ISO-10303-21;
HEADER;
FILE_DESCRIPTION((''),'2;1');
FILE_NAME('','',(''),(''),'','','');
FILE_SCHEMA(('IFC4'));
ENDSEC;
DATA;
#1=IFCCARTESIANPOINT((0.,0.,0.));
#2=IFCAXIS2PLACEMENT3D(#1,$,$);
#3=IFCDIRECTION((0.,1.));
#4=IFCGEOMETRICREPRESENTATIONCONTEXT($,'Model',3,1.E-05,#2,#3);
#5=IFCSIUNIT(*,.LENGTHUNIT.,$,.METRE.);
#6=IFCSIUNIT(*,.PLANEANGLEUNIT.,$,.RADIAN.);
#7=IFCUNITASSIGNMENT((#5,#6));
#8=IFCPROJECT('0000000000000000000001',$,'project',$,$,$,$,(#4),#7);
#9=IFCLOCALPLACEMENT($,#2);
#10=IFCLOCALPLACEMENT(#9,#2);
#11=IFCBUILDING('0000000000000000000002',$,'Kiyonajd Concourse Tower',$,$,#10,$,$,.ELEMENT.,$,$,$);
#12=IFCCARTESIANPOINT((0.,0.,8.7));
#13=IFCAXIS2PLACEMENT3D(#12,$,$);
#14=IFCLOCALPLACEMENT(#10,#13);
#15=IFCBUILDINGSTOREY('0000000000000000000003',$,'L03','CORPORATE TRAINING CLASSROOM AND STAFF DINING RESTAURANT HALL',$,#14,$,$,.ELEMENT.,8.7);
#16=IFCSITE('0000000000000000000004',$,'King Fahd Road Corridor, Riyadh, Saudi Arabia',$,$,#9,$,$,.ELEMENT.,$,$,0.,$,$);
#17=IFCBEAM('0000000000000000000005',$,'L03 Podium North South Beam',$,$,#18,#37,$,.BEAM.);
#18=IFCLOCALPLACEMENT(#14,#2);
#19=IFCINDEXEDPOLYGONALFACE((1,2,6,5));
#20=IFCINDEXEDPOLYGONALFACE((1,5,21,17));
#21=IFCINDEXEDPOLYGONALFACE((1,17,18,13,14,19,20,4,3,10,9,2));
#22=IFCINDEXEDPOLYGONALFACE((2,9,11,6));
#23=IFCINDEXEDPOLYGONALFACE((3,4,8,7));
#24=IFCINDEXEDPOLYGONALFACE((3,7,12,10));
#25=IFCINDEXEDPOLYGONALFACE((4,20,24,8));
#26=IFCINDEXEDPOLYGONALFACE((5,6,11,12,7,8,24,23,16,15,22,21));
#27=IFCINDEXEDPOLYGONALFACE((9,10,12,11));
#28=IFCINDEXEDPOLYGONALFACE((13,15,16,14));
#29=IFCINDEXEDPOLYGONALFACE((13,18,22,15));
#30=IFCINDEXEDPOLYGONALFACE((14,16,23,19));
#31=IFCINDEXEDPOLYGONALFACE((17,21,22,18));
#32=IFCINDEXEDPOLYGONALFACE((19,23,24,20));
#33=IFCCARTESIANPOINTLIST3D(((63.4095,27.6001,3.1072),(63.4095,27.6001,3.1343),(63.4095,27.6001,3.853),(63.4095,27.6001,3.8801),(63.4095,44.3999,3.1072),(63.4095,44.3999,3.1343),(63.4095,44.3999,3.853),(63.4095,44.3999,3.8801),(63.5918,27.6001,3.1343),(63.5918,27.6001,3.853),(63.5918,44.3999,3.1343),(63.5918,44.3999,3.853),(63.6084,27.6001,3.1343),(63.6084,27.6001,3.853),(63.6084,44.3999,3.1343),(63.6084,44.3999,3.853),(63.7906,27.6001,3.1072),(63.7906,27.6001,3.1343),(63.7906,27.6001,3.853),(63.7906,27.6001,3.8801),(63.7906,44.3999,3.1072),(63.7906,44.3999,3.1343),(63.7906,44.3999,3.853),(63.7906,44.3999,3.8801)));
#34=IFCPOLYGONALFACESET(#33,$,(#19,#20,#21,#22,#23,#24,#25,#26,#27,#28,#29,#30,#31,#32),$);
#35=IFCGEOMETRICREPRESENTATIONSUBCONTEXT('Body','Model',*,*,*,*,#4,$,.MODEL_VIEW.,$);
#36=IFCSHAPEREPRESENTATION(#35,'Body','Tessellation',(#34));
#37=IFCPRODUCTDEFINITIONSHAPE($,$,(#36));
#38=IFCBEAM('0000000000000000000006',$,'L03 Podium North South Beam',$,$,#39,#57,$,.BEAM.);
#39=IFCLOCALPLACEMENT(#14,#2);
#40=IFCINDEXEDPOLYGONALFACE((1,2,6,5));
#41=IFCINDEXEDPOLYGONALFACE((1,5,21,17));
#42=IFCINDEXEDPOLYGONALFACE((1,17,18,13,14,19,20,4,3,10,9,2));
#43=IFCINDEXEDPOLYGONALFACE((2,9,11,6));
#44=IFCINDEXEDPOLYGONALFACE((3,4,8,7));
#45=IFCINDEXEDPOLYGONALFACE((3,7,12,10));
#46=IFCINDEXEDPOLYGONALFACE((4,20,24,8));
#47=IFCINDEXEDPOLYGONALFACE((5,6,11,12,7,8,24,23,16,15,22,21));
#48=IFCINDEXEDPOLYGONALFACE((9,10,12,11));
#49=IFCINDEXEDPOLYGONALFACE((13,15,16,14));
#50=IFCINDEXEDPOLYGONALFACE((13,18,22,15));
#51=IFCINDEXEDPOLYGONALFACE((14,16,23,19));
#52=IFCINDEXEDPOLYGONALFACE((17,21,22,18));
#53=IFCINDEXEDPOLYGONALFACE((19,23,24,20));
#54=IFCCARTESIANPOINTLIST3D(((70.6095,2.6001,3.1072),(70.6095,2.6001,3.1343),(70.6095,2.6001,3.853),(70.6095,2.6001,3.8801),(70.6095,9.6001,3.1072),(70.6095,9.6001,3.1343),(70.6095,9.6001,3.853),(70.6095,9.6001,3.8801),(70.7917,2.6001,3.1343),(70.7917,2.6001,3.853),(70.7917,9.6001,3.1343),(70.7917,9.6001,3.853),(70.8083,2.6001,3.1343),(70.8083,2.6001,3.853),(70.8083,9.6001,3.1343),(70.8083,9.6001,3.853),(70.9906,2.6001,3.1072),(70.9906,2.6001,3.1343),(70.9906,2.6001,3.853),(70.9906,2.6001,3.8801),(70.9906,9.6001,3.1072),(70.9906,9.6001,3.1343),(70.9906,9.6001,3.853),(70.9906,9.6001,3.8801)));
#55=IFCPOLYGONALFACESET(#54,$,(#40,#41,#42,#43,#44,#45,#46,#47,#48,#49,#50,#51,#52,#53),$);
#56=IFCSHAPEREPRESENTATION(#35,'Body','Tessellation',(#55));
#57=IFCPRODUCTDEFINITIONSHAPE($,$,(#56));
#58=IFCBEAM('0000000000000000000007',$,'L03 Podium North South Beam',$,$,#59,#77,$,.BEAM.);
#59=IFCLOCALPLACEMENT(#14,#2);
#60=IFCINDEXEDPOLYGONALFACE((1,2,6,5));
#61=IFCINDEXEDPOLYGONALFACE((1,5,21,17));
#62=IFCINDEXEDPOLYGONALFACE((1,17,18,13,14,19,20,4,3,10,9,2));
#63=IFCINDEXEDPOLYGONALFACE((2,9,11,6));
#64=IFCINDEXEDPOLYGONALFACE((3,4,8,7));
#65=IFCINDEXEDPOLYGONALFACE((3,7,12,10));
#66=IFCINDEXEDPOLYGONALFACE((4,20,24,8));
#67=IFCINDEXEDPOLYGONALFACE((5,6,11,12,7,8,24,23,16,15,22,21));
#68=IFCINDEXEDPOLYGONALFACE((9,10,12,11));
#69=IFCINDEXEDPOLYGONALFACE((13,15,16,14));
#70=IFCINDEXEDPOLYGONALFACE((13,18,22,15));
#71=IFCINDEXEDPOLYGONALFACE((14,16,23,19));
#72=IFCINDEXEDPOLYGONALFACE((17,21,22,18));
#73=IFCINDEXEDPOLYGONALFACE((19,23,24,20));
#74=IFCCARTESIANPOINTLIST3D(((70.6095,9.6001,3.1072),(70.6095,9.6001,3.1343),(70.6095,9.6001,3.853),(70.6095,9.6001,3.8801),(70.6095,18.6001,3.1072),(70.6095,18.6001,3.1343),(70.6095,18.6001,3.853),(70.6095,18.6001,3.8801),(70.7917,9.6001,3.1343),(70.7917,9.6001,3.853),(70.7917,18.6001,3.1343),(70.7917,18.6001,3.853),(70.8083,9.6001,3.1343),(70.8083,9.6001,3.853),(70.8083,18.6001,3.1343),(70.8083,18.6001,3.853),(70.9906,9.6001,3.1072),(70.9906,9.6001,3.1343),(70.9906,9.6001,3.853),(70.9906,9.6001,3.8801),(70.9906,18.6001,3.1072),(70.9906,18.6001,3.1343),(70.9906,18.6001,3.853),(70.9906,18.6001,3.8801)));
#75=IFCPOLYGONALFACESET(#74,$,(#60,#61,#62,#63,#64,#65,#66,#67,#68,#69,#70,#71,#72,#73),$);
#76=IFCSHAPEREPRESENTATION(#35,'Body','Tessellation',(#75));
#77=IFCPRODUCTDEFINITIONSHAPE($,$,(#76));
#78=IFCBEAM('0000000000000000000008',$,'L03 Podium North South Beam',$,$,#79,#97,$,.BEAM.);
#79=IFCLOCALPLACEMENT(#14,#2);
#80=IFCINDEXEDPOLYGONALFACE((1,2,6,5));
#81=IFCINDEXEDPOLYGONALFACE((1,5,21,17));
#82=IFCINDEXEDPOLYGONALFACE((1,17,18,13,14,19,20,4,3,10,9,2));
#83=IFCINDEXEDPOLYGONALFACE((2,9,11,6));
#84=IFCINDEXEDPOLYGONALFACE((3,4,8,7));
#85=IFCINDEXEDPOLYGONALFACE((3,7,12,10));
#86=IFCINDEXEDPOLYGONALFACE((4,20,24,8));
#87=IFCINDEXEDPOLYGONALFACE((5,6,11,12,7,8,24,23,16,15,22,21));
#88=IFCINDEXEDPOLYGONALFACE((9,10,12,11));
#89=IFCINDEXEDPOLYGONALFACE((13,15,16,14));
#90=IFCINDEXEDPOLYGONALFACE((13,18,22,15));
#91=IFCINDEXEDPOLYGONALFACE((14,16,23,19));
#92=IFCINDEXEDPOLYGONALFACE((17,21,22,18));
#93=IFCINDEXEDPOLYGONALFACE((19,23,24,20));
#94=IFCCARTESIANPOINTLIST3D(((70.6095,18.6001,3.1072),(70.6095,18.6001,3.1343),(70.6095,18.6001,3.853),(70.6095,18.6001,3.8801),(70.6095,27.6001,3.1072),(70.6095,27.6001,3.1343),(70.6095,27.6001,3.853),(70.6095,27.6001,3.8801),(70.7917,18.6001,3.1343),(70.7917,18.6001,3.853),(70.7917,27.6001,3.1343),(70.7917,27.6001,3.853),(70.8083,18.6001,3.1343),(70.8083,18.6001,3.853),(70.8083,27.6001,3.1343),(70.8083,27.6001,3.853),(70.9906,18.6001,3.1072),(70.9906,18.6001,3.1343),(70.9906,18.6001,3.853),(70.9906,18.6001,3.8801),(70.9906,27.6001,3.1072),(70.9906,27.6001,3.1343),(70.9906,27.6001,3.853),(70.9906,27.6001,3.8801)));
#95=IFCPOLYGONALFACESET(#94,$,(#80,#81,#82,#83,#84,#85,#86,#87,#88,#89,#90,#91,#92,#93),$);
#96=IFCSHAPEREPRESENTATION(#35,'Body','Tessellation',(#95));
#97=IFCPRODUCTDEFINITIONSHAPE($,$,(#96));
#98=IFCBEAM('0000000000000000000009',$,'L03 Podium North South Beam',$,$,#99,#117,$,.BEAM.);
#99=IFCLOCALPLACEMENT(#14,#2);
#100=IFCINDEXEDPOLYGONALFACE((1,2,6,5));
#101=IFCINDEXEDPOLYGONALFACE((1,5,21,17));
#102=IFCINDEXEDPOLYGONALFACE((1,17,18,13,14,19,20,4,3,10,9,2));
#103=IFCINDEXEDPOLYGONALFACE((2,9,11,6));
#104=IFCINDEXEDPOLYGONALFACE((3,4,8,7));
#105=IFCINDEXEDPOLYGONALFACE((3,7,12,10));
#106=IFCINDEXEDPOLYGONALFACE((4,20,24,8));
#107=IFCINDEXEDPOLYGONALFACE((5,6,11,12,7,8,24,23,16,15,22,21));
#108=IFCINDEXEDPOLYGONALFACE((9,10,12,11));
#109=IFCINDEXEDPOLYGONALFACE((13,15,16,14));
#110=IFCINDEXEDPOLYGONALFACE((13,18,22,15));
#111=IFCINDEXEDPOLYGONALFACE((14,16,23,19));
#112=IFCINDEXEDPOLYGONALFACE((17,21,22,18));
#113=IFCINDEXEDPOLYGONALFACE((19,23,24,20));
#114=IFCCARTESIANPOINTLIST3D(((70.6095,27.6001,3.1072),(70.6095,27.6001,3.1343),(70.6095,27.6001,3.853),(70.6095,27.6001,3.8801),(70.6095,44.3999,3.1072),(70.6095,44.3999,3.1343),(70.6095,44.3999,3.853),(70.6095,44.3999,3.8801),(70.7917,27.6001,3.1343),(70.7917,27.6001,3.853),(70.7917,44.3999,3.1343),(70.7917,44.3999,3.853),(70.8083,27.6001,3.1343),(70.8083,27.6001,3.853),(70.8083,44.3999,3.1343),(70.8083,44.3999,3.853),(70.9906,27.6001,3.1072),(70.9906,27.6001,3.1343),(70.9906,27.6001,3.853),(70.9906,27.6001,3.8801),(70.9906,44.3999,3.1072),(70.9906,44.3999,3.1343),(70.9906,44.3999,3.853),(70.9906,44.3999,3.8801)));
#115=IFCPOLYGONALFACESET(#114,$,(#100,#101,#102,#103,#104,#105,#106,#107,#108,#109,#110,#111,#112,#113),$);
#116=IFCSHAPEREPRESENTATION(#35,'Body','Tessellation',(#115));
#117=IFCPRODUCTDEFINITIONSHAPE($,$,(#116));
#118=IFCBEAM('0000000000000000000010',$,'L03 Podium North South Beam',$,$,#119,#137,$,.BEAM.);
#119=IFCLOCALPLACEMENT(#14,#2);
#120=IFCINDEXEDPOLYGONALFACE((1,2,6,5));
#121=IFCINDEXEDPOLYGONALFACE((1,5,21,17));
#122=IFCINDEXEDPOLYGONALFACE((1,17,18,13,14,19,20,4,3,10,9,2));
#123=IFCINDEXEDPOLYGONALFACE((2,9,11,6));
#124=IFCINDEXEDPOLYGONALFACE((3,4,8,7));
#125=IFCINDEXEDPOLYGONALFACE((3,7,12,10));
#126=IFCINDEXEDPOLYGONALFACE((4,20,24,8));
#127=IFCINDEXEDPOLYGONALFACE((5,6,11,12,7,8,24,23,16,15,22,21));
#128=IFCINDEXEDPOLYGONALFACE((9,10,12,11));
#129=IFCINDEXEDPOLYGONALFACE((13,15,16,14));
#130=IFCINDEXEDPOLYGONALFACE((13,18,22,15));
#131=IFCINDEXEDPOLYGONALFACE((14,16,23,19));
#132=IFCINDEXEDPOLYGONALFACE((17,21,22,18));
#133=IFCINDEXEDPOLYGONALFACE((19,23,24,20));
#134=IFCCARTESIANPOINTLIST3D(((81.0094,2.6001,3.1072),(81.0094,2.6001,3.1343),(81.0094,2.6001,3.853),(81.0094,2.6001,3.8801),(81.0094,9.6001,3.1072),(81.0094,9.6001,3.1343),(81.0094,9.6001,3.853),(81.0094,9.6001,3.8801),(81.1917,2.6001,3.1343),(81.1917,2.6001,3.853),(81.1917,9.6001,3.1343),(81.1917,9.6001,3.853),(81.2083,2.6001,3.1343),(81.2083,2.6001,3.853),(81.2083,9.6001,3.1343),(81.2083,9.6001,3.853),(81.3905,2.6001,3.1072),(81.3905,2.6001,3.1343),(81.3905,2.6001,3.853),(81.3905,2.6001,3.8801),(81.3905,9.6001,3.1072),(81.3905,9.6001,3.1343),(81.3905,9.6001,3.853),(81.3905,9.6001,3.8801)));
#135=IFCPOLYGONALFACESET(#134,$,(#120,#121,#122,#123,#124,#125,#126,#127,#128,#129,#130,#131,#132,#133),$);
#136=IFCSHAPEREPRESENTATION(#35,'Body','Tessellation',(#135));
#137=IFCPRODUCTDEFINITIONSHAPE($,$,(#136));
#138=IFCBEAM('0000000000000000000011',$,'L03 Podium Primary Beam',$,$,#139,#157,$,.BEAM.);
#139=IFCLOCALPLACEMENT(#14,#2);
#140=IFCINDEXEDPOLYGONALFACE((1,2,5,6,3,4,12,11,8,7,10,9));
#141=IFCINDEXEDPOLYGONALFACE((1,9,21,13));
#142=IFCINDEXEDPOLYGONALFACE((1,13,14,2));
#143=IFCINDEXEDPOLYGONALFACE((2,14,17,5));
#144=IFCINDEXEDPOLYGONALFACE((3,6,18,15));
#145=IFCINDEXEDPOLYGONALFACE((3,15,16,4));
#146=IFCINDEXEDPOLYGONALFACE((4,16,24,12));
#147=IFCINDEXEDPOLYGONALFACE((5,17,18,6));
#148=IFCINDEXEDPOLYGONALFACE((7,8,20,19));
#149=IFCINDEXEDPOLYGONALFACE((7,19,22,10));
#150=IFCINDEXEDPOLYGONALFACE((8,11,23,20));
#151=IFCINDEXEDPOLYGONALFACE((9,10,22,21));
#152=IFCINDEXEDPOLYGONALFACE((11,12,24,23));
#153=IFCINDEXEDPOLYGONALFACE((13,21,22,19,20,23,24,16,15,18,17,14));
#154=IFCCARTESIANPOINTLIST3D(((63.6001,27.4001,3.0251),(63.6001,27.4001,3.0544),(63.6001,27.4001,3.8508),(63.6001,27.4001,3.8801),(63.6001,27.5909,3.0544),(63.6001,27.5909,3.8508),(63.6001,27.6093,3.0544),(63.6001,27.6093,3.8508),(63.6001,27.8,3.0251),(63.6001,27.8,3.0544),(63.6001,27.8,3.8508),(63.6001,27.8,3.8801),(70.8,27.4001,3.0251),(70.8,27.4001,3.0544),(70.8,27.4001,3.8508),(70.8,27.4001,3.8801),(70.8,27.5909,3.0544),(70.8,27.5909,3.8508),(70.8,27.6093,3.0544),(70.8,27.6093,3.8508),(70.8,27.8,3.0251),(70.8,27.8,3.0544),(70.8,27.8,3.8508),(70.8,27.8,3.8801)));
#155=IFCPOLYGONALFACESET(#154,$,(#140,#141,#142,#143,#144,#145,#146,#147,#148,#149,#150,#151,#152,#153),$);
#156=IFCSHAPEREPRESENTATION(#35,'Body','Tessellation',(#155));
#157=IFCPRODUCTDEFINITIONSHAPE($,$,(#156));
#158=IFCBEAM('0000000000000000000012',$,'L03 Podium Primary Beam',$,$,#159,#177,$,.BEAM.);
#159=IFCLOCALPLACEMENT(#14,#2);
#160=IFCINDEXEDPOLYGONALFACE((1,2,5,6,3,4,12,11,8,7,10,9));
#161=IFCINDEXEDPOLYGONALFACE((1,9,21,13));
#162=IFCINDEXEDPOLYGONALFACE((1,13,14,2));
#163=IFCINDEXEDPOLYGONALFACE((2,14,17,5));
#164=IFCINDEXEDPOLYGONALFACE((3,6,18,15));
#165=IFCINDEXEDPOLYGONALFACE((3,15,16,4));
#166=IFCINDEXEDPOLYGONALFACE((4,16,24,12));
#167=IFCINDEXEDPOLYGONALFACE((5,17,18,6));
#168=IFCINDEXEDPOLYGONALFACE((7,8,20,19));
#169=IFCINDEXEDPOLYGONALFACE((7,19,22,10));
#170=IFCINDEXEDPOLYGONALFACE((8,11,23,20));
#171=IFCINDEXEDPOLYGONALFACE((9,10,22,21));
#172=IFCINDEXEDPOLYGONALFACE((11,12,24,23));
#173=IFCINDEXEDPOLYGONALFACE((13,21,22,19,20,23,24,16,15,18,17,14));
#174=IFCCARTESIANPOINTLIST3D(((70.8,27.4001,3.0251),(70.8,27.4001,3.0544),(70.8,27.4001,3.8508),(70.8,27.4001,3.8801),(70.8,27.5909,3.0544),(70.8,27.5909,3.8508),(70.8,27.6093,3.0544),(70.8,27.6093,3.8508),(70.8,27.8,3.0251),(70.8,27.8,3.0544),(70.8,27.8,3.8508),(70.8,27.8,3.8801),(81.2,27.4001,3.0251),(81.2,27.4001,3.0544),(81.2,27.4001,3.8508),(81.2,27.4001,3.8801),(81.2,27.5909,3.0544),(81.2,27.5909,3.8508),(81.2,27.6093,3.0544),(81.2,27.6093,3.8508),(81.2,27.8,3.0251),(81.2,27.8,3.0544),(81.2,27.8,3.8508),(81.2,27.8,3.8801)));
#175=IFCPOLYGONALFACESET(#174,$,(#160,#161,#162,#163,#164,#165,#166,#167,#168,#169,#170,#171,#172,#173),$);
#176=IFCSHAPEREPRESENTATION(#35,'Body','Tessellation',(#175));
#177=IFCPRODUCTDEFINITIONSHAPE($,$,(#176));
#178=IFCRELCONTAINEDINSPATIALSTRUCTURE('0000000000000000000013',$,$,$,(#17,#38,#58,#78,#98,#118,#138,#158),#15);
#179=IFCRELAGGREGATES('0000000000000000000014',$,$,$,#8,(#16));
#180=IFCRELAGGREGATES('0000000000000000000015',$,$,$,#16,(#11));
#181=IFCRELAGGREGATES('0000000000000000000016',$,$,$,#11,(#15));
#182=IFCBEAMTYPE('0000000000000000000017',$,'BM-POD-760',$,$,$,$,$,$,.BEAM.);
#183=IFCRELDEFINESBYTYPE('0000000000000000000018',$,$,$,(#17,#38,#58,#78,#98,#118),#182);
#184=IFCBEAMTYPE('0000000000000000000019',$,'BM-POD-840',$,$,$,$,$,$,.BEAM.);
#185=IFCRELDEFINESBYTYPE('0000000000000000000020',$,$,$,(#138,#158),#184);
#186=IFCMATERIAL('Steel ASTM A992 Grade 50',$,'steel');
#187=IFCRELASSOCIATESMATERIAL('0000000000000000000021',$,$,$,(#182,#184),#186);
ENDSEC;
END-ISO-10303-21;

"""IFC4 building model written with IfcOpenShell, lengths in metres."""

from ifc_helpers import new_model, si_unit, direction, frame, origin, origin_2d, place, context, subcontext, project, spatial, i_section, extrude, material, material_profile, profile_set, type_object, element, save


model = new_model("IFC4")

# Units and contexts
model_context = context("Model", 3, precision=1e-05, world=origin(), true_north=direction((0.0, 1.0)))
body_context = subcontext(model_context, "Body", "Model", "MODEL_VIEW")
ifc_project = project(units=[si_unit("LENGTHUNIT", "METRE"), si_unit("PLANEANGLEUNIT", "RADIAN")], contexts=[model_context])

# Site, building, storey
site_placement = place(None, origin())
site = spatial("IfcSite", under=ifc_project, at=site_placement, Name="King Fahd Road Corridor, Riyadh, Saudi Arabia", CompositionType="ELEMENT", RefElevation=0.0)
building_placement = place(site_placement, origin())
building = spatial("IfcBuilding", under=site, at=building_placement, Name="Kiyonajd Concourse Tower", CompositionType="ELEMENT")
storey_placement = place(building_placement, frame((0.0, 0.0, 8.7)))
storey = spatial("IfcBuildingStorey", under=building, at=storey_placement, Name="L03", Description="CORPORATE TRAINING CLASSROOM AND STAFF DINING RESTAURANT HALL", CompositionType="ELEMENT", Elevation=8.7)

# Beams
ifc_material_1 = material(Name="Steel ASTM A992 Grade 50", Category="steel")
ifc_material_profile_1 = material_profile(ifc_material_1, i_section(OverallWidth=0.3811, OverallDepth=0.7729, WebThickness=0.0166, FlangeThickness=0.0271, at=origin_2d()), Name="W760X257")
ifc_profile_set_1 = profile_set([ifc_material_profile_1], Name="Steel ASTM A992 Grade 50")
beam_type_1 = type_object("IfcBeamType", Name="BM-POD-760", PredefinedType="BEAM", material=ifc_profile_set_1)
beam_1_placement = place(storey_placement, frame((63.6001, 27.6001, 3.4937), z_axis=(0.0, 1.0, 0.0), x_axis=(-1.0, 0.0, 0.0)))
element("IfcBeam", 1, at=beam_1_placement, inside=storey, type_object=beam_type_1, Name="L03 Podium North South Beam", PredefinedType="BEAM", context=body_context, shape_type="SweptSolid", body=[
    extrude(i_section(OverallWidth=0.3811, OverallDepth=0.7729, WebThickness=0.0166, FlangeThickness=0.0271, at=origin_2d()), origin(), (0.0, 0.0, 1.0), 16.7998),
])
beam_2_placement = place(storey_placement, frame((70.8, 2.6001, 3.4937), z_axis=(0.0, 1.0, 0.0), x_axis=(-1.0, 0.0, 0.0)))
element("IfcBeam", 2, at=beam_2_placement, inside=storey, type_object=beam_type_1, Name="L03 Podium North South Beam", PredefinedType="BEAM", context=body_context, shape_type="SweptSolid", body=[
    extrude(i_section(OverallWidth=0.3811, OverallDepth=0.7729, WebThickness=0.0166, FlangeThickness=0.0271, at=origin_2d()), origin(), (0.0, 0.0, 1.0), 7.0),
])
for number, where, z_axis, x_axis, name in (
    (3, (70.8, 9.6001, 3.4937), (0.0, 1.0, 0.0), (-1.0, 0.0, 0.0), "L03 Podium North South Beam"),
    (4, (70.8, 18.6001, 3.4937), (0.0, 1.0, 0.0), (-1.0, 0.0, 0.0), "L03 Podium North South Beam"),
):
    element("IfcBeam", number, at=place(storey_placement, frame(where, z_axis=z_axis, x_axis=x_axis)), inside=storey, type_object=beam_type_1, Name=name, PredefinedType="BEAM", context=body_context, shape_type="SweptSolid", body=[
        extrude(i_section(OverallWidth=0.3811, OverallDepth=0.7729, WebThickness=0.0166, FlangeThickness=0.0271, at=origin_2d()), origin(), (0.0, 0.0, 1.0), 9.0),
    ])
beam_3_placement = place(storey_placement, frame((70.8, 27.6001, 3.4937), z_axis=(0.0, 1.0, 0.0), x_axis=(-1.0, 0.0, 0.0)))
element("IfcBeam", 5, at=beam_3_placement, inside=storey, type_object=beam_type_1, Name="L03 Podium North South Beam", PredefinedType="BEAM", context=body_context, shape_type="SweptSolid", body=[
    extrude(i_section(OverallWidth=0.3811, OverallDepth=0.7729, WebThickness=0.0166, FlangeThickness=0.0271, at=origin_2d()), origin(), (0.0, 0.0, 1.0), 16.7998),
])
beam_4_placement = place(storey_placement, frame((81.2, 2.6001, 3.4937), z_axis=(0.0, 1.0, 0.0), x_axis=(-1.0, 0.0, 0.0)))
element("IfcBeam", 6, at=beam_4_placement, inside=storey, type_object=beam_type_1, Name="L03 Podium North South Beam", PredefinedType="BEAM", context=body_context, shape_type="SweptSolid", body=[
    extrude(i_section(OverallWidth=0.3811, OverallDepth=0.7729, WebThickness=0.0166, FlangeThickness=0.0271, at=origin_2d()), origin(), (0.0, 0.0, 1.0), 7.0),
])
ifc_material_profile_2 = material_profile(ifc_material_1, i_section(OverallWidth=0.3999, OverallDepth=0.855, WebThickness=0.0183, FlangeThickness=0.0293, at=origin_2d()), Name="W840X299")
ifc_profile_set_2 = profile_set([ifc_material_profile_2], Name="Steel ASTM A992 Grade 50")
beam_type_2 = type_object("IfcBeamType", Name="BM-POD-840", PredefinedType="BEAM", material=ifc_profile_set_2)
beam_5_placement = place(storey_placement, frame((63.6001, 27.6001, 3.4526), z_axis=(1.0, 0.0, 0.0), x_axis=(0.0, 1.0, 0.0)))
element("IfcBeam", 7, at=beam_5_placement, inside=storey, type_object=beam_type_2, Name="L03 Podium Primary Beam", PredefinedType="BEAM", context=body_context, shape_type="SweptSolid", body=[
    extrude(i_section(OverallWidth=0.3999, OverallDepth=0.855, WebThickness=0.0183, FlangeThickness=0.0293, at=origin_2d()), origin(), (0.0, 0.0, 1.0), 7.2),
])
beam_6_placement = place(storey_placement, frame((70.8, 27.6001, 3.4526), z_axis=(1.0, 0.0, 0.0), x_axis=(0.0, 1.0, 0.0)))
element("IfcBeam", 8, at=beam_6_placement, inside=storey, type_object=beam_type_2, Name="L03 Podium Primary Beam", PredefinedType="BEAM", context=body_context, shape_type="SweptSolid", body=[
    extrude(i_section(OverallWidth=0.3999, OverallDepth=0.855, WebThickness=0.0183, FlangeThickness=0.0293, at=origin_2d()), origin(), (0.0, 0.0, 1.0), 10.3999),
])

save(model, "model.ifc")
